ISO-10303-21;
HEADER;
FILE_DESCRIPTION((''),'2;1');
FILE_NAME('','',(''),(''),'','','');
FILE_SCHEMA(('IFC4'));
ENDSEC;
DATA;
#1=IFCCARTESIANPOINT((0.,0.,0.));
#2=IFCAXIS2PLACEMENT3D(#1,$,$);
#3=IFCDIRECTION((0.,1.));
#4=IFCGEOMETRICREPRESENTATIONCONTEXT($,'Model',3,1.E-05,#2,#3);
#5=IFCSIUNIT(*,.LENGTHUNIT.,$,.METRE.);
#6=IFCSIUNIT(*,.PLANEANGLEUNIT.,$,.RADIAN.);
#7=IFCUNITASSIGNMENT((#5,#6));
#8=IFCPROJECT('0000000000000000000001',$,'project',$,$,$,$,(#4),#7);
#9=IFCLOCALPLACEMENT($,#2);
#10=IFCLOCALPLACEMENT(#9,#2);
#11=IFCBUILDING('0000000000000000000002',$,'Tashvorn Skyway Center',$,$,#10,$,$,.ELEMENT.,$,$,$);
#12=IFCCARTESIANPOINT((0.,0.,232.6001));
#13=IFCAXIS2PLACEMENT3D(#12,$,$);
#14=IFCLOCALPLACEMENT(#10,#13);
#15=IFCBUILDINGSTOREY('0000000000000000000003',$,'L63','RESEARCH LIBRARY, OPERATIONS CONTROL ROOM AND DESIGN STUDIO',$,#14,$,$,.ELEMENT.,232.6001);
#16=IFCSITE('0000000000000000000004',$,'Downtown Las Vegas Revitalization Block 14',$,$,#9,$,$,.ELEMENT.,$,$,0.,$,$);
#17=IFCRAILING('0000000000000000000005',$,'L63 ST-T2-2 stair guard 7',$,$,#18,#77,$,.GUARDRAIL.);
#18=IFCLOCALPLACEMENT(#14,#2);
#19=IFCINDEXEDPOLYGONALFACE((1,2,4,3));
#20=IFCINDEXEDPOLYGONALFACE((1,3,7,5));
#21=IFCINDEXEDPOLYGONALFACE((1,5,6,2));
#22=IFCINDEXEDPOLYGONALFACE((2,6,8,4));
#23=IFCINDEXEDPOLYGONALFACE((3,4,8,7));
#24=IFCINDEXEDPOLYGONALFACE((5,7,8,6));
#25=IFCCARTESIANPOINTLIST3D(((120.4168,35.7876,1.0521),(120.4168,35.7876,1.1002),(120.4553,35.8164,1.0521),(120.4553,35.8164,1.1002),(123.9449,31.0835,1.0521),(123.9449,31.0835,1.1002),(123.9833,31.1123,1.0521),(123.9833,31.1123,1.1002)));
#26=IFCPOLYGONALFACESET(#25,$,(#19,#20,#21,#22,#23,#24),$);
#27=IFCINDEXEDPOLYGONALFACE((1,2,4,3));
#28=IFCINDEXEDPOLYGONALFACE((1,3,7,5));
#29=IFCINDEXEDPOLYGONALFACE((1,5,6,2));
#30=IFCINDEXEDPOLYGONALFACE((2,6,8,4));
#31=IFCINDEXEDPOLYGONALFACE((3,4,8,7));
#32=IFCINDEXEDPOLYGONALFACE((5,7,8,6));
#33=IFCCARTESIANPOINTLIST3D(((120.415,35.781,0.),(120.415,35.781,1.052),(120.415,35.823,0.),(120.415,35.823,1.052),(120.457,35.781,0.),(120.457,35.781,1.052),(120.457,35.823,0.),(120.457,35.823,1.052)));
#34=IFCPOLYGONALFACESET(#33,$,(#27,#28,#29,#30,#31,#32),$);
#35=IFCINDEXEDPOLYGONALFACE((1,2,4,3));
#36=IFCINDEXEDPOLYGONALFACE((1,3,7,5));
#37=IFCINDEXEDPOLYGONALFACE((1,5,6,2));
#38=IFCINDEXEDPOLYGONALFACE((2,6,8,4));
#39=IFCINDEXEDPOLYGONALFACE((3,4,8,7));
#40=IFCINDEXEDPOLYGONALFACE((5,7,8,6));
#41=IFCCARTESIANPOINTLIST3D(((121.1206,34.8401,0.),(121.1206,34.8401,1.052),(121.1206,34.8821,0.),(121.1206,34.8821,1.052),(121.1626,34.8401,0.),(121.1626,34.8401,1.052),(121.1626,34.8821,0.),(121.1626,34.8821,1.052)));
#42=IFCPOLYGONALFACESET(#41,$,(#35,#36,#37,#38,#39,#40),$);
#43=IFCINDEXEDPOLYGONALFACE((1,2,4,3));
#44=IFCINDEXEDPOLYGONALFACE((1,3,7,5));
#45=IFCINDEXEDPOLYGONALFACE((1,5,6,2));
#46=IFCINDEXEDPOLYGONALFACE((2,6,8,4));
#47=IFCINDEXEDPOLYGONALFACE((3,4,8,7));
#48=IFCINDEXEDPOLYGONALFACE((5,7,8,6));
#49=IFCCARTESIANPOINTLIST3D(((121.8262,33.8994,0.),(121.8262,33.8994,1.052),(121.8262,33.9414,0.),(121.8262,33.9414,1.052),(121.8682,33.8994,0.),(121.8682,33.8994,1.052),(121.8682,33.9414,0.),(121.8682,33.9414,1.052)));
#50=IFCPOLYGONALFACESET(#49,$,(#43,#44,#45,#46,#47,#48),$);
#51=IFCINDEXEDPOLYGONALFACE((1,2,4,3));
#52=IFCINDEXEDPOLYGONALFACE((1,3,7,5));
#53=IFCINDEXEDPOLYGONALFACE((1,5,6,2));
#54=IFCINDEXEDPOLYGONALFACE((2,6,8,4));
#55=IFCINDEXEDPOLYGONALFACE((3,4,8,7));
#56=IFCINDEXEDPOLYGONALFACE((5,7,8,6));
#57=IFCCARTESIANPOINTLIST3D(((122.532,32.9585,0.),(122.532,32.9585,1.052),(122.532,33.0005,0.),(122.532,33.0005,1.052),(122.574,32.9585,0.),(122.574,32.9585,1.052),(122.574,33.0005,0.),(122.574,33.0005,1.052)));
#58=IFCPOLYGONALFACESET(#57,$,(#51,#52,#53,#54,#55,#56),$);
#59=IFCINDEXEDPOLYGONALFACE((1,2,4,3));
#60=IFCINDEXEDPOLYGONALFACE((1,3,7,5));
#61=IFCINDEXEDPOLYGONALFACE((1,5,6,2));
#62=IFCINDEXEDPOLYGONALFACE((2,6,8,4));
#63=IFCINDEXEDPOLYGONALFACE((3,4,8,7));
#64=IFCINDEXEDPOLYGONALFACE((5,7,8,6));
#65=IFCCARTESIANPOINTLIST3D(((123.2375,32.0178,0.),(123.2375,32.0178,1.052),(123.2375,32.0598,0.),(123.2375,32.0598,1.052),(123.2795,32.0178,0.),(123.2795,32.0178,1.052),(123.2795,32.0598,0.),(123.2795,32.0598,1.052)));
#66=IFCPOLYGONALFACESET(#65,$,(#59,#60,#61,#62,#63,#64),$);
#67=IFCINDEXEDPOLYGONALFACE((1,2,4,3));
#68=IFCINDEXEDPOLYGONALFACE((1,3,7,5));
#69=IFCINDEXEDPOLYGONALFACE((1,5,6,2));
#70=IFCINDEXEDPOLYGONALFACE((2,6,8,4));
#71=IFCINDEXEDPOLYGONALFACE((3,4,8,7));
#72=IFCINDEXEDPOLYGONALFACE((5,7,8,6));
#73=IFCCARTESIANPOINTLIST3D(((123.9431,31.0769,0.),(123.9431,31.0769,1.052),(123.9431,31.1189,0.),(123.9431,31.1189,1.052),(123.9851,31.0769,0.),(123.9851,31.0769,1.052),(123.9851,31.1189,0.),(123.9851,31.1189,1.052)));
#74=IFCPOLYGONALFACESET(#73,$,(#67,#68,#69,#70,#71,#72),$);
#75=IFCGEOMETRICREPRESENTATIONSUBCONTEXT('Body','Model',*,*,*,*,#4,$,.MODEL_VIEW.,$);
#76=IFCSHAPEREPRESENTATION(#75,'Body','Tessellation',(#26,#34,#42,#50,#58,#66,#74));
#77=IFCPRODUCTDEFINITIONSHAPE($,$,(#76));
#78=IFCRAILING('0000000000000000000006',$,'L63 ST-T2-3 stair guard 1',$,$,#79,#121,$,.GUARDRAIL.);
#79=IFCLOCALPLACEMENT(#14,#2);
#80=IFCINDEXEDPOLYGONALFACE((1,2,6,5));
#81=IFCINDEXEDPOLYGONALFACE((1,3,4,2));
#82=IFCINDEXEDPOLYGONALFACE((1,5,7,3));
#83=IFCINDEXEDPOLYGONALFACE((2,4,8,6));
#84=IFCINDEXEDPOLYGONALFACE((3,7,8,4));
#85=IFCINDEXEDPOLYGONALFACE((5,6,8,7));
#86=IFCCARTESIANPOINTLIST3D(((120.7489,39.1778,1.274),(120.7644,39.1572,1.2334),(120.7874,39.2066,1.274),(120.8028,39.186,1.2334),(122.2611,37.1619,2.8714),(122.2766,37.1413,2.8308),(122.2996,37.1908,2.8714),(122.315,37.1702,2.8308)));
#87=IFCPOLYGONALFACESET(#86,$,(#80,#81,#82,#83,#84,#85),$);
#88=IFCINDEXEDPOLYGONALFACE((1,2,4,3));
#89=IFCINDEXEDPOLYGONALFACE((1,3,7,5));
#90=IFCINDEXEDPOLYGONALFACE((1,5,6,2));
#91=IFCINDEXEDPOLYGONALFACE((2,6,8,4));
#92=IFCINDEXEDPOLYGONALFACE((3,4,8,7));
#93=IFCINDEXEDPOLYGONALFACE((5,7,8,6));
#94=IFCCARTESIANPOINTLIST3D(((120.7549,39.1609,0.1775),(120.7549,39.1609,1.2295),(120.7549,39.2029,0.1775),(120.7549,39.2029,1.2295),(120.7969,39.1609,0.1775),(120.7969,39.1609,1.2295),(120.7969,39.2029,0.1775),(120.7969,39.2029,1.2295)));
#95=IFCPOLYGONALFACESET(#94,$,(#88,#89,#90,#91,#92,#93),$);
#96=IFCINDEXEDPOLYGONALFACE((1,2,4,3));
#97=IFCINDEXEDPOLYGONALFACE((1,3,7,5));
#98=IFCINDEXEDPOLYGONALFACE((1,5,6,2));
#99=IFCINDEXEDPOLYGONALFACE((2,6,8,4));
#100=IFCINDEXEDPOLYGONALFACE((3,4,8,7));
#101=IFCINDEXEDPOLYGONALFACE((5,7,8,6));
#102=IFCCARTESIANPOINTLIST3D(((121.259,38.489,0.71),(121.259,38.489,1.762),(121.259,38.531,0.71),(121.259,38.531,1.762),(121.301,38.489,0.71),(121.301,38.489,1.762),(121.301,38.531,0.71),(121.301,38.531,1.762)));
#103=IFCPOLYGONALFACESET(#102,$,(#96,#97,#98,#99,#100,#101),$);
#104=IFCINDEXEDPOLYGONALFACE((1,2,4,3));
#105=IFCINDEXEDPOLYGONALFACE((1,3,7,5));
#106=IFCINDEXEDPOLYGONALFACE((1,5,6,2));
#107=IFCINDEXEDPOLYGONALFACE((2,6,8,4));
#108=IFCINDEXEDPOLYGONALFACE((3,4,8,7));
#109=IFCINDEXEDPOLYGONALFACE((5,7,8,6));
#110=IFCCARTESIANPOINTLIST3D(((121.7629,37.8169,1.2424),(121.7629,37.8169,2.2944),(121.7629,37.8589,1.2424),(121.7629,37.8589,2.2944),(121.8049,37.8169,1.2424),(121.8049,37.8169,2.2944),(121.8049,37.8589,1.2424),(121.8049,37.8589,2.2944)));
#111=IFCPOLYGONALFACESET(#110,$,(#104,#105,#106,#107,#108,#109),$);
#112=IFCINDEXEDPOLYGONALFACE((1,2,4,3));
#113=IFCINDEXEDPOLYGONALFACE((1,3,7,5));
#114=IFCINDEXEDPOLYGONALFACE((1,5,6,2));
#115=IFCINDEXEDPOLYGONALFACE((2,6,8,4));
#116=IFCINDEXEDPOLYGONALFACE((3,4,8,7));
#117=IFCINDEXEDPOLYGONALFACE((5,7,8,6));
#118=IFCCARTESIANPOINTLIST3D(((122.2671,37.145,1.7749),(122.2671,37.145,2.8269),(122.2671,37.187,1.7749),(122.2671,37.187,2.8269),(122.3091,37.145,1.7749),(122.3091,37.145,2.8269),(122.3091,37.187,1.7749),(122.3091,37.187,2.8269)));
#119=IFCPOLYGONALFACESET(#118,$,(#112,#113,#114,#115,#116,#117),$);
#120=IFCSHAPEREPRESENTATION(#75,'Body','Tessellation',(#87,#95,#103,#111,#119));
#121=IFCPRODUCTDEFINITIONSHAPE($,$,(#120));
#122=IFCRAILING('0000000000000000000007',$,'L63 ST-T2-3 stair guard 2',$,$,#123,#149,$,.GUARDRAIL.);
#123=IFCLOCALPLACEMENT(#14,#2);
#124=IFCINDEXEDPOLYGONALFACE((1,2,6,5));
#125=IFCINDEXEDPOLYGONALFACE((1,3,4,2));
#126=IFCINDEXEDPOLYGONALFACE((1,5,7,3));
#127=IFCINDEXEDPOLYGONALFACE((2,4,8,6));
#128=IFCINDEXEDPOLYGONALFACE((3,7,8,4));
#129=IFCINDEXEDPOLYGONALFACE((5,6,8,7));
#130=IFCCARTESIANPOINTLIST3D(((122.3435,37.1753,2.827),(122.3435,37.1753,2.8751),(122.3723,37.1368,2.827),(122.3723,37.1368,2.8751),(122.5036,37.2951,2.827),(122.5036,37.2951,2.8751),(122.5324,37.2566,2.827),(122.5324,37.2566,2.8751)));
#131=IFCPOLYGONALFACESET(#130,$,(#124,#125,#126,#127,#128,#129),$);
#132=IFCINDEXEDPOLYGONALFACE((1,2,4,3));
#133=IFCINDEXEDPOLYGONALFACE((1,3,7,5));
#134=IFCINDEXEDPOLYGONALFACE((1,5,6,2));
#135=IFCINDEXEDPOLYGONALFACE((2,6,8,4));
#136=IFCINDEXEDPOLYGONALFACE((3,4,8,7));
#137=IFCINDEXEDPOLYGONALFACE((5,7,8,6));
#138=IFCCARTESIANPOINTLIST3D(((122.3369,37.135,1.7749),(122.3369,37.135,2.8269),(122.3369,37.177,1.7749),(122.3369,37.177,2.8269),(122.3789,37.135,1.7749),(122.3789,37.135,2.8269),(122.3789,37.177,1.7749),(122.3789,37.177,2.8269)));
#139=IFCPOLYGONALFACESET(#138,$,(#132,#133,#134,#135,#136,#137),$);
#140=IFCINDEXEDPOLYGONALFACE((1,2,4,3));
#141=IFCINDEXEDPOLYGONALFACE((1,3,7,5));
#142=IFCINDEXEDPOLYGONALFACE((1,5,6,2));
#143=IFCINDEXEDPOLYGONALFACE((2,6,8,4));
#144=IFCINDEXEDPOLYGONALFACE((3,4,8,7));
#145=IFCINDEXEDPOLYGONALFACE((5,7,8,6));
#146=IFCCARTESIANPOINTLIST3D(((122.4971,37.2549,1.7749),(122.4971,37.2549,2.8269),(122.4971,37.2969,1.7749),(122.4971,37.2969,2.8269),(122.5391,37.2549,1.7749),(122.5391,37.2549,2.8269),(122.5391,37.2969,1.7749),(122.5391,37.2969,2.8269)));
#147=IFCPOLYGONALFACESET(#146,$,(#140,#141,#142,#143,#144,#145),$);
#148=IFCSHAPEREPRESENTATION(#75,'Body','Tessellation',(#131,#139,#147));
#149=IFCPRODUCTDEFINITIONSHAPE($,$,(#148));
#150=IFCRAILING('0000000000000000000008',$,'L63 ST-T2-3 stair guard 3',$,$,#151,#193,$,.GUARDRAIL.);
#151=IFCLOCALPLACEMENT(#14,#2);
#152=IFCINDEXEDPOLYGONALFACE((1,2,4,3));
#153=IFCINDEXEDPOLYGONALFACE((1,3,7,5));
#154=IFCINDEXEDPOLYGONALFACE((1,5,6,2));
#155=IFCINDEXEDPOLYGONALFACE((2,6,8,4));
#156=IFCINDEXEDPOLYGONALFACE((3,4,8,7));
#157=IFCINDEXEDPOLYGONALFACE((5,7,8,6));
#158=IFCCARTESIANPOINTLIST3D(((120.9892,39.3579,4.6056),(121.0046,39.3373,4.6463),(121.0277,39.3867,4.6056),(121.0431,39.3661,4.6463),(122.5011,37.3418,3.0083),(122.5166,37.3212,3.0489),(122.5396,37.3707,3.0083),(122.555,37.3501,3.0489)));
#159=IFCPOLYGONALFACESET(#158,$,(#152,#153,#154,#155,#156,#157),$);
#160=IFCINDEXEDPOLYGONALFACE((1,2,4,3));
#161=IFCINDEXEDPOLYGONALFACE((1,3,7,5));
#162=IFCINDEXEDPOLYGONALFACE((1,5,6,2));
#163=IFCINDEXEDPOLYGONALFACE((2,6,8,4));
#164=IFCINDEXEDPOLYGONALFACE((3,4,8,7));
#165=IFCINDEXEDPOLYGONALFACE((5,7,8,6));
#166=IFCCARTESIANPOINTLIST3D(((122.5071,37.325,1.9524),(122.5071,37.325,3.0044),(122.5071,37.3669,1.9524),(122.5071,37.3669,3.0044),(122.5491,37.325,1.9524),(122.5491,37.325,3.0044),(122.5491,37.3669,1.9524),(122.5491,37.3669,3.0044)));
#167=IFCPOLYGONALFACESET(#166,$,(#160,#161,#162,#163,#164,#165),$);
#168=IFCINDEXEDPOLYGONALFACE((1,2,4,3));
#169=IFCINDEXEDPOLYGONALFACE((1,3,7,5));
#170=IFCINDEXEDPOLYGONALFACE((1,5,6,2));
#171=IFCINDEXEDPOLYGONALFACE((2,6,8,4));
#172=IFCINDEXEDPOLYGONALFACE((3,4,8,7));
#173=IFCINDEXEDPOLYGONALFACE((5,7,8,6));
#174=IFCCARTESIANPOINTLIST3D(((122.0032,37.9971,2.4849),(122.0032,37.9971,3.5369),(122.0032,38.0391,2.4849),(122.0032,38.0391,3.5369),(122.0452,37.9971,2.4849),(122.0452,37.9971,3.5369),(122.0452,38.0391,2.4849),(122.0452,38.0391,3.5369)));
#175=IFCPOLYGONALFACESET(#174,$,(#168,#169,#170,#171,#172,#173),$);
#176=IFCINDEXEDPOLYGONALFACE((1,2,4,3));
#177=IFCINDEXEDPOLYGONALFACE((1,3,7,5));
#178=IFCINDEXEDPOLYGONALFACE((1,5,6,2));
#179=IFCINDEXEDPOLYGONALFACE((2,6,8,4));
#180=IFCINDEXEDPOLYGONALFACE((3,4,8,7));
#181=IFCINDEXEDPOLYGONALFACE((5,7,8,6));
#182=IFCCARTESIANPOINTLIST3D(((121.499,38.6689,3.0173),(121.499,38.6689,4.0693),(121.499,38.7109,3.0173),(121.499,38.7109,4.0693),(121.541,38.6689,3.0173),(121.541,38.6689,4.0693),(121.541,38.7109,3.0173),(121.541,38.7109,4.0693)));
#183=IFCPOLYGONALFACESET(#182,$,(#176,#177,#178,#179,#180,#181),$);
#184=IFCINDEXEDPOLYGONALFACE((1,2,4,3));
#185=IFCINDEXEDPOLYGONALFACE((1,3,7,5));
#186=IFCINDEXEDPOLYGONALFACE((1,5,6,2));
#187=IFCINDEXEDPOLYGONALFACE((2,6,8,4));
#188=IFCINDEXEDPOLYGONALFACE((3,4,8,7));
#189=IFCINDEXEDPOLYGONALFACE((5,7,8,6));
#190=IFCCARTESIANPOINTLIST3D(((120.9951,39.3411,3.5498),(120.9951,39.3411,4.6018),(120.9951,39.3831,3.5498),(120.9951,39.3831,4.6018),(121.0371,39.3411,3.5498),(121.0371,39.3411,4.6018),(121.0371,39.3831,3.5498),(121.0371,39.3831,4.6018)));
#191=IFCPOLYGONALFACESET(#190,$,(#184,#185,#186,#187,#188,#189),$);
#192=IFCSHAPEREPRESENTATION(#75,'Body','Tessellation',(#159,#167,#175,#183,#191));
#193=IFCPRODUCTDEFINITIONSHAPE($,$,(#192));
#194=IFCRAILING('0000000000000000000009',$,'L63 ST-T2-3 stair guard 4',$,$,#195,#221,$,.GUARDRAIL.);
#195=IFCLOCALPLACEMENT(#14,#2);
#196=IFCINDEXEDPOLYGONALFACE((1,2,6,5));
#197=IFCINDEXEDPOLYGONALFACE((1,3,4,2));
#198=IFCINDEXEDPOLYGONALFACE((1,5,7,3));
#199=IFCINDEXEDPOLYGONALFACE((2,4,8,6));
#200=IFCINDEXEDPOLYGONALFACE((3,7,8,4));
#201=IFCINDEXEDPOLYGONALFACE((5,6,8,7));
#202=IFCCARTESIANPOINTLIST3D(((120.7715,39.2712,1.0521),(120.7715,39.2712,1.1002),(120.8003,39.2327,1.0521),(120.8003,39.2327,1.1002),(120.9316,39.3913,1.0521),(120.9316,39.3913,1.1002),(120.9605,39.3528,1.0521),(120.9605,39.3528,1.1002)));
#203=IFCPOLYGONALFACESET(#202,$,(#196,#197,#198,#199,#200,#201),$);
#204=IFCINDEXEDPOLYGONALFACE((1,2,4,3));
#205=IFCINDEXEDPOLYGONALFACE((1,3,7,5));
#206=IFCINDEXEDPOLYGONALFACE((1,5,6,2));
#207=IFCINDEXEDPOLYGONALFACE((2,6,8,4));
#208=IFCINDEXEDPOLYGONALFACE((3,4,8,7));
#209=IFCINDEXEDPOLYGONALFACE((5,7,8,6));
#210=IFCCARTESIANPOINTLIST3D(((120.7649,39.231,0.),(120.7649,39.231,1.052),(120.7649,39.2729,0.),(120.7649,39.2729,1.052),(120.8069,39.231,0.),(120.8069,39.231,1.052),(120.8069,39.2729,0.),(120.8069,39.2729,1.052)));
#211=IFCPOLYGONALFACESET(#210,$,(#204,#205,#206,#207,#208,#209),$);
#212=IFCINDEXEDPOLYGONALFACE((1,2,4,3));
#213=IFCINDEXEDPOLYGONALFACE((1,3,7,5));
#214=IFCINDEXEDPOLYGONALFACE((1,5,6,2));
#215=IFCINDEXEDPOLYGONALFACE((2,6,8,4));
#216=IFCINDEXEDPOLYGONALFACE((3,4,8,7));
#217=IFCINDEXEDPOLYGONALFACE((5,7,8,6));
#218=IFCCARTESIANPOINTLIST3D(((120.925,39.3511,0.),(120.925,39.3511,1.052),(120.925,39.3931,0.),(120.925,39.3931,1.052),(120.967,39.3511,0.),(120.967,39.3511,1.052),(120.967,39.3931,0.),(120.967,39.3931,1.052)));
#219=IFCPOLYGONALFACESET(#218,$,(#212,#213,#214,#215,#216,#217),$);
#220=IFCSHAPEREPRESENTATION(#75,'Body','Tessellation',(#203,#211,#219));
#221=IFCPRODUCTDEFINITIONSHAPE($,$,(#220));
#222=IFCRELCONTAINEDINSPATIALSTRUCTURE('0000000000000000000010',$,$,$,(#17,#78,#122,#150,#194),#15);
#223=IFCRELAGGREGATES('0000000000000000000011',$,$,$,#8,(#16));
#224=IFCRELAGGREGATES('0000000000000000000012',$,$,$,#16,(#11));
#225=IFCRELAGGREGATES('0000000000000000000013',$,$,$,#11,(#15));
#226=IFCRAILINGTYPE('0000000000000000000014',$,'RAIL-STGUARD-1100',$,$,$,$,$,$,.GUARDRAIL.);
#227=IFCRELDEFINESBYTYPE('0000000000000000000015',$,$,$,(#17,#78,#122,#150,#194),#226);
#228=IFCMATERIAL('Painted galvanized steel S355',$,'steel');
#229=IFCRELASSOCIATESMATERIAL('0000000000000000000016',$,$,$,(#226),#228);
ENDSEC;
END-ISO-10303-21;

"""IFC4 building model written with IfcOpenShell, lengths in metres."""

from ifc_helpers import new_model, si_unit, direction, frame, origin, origin_2d, place, context, subcontext, project, spatial, rectangle, extrude, material, type_object, element, save


model = new_model("IFC4")

# Units and contexts
model_context = context("Model", 3, precision=1e-05, world=origin(), true_north=direction((0.0, 1.0)))
body_context = subcontext(model_context, "Body", "Model", "MODEL_VIEW")
ifc_project = project(units=[si_unit("LENGTHUNIT", "METRE"), si_unit("PLANEANGLEUNIT", "RADIAN")], contexts=[model_context])

# Site, building, storey
site_placement = place(None, origin())
site = spatial("IfcSite", under=ifc_project, at=site_placement, Name="Downtown Las Vegas Revitalization Block 14", CompositionType="ELEMENT", RefElevation=0.0)
building_placement = place(site_placement, origin())
building = spatial("IfcBuilding", under=site, at=building_placement, Name="Tashvorn Skyway Center", CompositionType="ELEMENT")
storey_placement = place(building_placement, frame((0.0, 0.0, 232.6001)))
storey = spatial("IfcBuildingStorey", under=building, at=storey_placement, Name="L63", Description="RESEARCH LIBRARY, OPERATIONS CONTROL ROOM AND DESIGN STUDIO", CompositionType="ELEMENT", Elevation=232.6001)

# Railings
ifc_material_1 = material(Name="Painted galvanized steel S355", Category="steel")
railing_type_1 = type_object("IfcRailingType", Name="RAIL-STGUARD-1100", PredefinedType="GUARDRAIL", material=ifc_material_1)
railing_1_placement = place(storey_placement, frame((120.436, 35.802, 0.0)))
element("IfcRailing", 1, at=railing_1_placement, inside=storey, type_object=railing_type_1, Name="L63 ST-T2-2 stair guard 7", PredefinedType="GUARDRAIL", context=body_context, shape_type="SweptSolid", body=[
    extrude(rectangle(XDim=0.0481, YDim=0.0481, at=origin_2d()), frame((0.0, 0.0, 1.0762), z_axis=(0.6, -0.8, 0.0), x_axis=(0.8, 0.6, 0.0)), (0.0, 0.0, 1.0), 5.8801),
    extrude(rectangle(XDim=0.042, YDim=0.042, at=origin_2d()), origin(), (0.0, 0.0, 1.0), 1.052),
    extrude(rectangle(XDim=0.042, YDim=0.042, at=origin_2d()), frame((0.7056, -0.9409, 0.0)), (0.0, 0.0, 1.0), 1.052),
    extrude(rectangle(XDim=0.042, YDim=0.042, at=origin_2d()), frame((1.4111, -1.8816, 0.0)), (0.0, 0.0, 1.0), 1.052),
    extrude(rectangle(XDim=0.042, YDim=0.042, at=origin_2d()), frame((2.1169, -2.8225, 0.0)), (0.0, 0.0, 1.0), 1.052),
    extrude(rectangle(XDim=0.042, YDim=0.042, at=origin_2d()), frame((2.8225, -3.7632, 0.0)), (0.0, 0.0, 1.0), 1.052),
    extrude(rectangle(XDim=0.042, YDim=0.042, at=origin_2d()), frame((3.5281, -4.7041, 0.0)), (0.0, 0.0, 1.0), 1.052),
])
railing_2_placement = place(storey_placement, frame((120.7759, 39.1819, 0.1775)))
element("IfcRailing", 2, at=railing_2_placement, inside=storey, type_object=railing_type_1, Name="L63 ST-T2-3 stair guard 1", PredefinedType="GUARDRAIL", context=body_context, shape_type="SweptSolid", body=[
    extrude(rectangle(XDim=0.0481, YDim=0.0481, at=origin_2d()), frame((0.0, 0.0, 1.0762), z_axis=(0.50683, -0.675636, 0.535387), x_axis=(0.799942, 0.600078, 0.0)), (0.0, 0.0, 1.0), 2.9836),
    extrude(rectangle(XDim=0.042, YDim=0.042, at=origin_2d()), origin(), (0.0, 0.0, 1.0), 1.052),
    extrude(rectangle(XDim=0.042, YDim=0.042, at=origin_2d()), frame((0.5042, -0.6719, 0.5325)), (0.0, 0.0, 1.0), 1.052),
    extrude(rectangle(XDim=0.042, YDim=0.042, at=origin_2d()), frame((1.0081, -1.344, 1.0649)), (0.0, 0.0, 1.0), 1.052),
    extrude(rectangle(XDim=0.042, YDim=0.042, at=origin_2d()), frame((1.5122, -2.0159, 1.5974)), (0.0, 0.0, 1.0), 1.052),
])
railing_3_placement = place(storey_placement, frame((122.3579, 37.156, 1.7749)))
element("IfcRailing", 3, at=railing_3_placement, inside=storey, type_object=railing_type_1, Name="L63 ST-T2-3 stair guard 2", PredefinedType="GUARDRAIL", context=body_context, shape_type="SweptSolid", body=[
    extrude(rectangle(XDim=0.0481, YDim=0.0481, at=origin_2d()), frame((0.0, 0.0, 1.0762), z_axis=(0.800585, 0.599219, 0.0), x_axis=(-0.599219, 0.800585, 0.0)), (0.0, 0.0, 1.0), 0.2),
    extrude(rectangle(XDim=0.042, YDim=0.042, at=origin_2d()), origin(), (0.0, 0.0, 1.0), 1.052),
    extrude(rectangle(XDim=0.042, YDim=0.042, at=origin_2d()), frame((0.1602, 0.1199, 0.0)), (0.0, 0.0, 1.0), 1.052),
])
railing_4_placement = place(storey_placement, frame((122.5281, 37.3459, 1.9524)))
element("IfcRailing", 4, at=railing_4_placement, inside=storey, type_object=railing_type_1, Name="L63 ST-T2-3 stair guard 3", PredefinedType="GUARDRAIL", context=body_context, shape_type="SweptSolid", body=[
    extrude(rectangle(XDim=0.0481, YDim=0.0481, at=origin_2d()), frame((0.0, 0.0, 1.0762), z_axis=(-0.506741, 0.675709, 0.535379), x_axis=(-0.800023, -0.599969, 0.0)), (0.0, 0.0, 1.0), 2.9836),
    extrude(rectangle(XDim=0.042, YDim=0.042, at=origin_2d()), origin(), (0.0, 0.0, 1.0), 1.052),
    extrude(rectangle(XDim=0.042, YDim=0.042, at=origin_2d()), frame((-0.5039, 0.6721, 0.5325)), (0.0, 0.0, 1.0), 1.052),
    extrude(rectangle(XDim=0.042, YDim=0.042, at=origin_2d()), frame((-1.0081, 1.344, 1.0649)), (0.0, 0.0, 1.0), 1.052),
    extrude(rectangle(XDim=0.042, YDim=0.042, at=origin_2d()), frame((-1.512, 2.0161, 1.5974)), (0.0, 0.0, 1.0), 1.052),
])
railing_5_placement = place(storey_placement, frame((120.7859, 39.252, 0.0)))
element("IfcRailing", 5, at=railing_5_placement, inside=storey, type_object=railing_type_1, Name="L63 ST-T2-3 stair guard 4", PredefinedType="GUARDRAIL", context=body_context, shape_type="SweptSolid", body=[
    extrude(rectangle(XDim=0.0481, YDim=0.0481, at=origin_2d()), frame((0.0, 0.0, 1.0762), z_axis=(0.8, 0.6, 0.0), x_axis=(-0.6, 0.8, 0.0)), (0.0, 0.0, 1.0), 0.2002),
    extrude(rectangle(XDim=0.042, YDim=0.042, at=origin_2d()), origin(), (0.0, 0.0, 1.0), 1.052),
    extrude(rectangle(XDim=0.042, YDim=0.042, at=origin_2d()), frame((0.1602, 0.1201, 0.0)), (0.0, 0.0, 1.0), 1.052),
])

save(model, "model.ifc")
